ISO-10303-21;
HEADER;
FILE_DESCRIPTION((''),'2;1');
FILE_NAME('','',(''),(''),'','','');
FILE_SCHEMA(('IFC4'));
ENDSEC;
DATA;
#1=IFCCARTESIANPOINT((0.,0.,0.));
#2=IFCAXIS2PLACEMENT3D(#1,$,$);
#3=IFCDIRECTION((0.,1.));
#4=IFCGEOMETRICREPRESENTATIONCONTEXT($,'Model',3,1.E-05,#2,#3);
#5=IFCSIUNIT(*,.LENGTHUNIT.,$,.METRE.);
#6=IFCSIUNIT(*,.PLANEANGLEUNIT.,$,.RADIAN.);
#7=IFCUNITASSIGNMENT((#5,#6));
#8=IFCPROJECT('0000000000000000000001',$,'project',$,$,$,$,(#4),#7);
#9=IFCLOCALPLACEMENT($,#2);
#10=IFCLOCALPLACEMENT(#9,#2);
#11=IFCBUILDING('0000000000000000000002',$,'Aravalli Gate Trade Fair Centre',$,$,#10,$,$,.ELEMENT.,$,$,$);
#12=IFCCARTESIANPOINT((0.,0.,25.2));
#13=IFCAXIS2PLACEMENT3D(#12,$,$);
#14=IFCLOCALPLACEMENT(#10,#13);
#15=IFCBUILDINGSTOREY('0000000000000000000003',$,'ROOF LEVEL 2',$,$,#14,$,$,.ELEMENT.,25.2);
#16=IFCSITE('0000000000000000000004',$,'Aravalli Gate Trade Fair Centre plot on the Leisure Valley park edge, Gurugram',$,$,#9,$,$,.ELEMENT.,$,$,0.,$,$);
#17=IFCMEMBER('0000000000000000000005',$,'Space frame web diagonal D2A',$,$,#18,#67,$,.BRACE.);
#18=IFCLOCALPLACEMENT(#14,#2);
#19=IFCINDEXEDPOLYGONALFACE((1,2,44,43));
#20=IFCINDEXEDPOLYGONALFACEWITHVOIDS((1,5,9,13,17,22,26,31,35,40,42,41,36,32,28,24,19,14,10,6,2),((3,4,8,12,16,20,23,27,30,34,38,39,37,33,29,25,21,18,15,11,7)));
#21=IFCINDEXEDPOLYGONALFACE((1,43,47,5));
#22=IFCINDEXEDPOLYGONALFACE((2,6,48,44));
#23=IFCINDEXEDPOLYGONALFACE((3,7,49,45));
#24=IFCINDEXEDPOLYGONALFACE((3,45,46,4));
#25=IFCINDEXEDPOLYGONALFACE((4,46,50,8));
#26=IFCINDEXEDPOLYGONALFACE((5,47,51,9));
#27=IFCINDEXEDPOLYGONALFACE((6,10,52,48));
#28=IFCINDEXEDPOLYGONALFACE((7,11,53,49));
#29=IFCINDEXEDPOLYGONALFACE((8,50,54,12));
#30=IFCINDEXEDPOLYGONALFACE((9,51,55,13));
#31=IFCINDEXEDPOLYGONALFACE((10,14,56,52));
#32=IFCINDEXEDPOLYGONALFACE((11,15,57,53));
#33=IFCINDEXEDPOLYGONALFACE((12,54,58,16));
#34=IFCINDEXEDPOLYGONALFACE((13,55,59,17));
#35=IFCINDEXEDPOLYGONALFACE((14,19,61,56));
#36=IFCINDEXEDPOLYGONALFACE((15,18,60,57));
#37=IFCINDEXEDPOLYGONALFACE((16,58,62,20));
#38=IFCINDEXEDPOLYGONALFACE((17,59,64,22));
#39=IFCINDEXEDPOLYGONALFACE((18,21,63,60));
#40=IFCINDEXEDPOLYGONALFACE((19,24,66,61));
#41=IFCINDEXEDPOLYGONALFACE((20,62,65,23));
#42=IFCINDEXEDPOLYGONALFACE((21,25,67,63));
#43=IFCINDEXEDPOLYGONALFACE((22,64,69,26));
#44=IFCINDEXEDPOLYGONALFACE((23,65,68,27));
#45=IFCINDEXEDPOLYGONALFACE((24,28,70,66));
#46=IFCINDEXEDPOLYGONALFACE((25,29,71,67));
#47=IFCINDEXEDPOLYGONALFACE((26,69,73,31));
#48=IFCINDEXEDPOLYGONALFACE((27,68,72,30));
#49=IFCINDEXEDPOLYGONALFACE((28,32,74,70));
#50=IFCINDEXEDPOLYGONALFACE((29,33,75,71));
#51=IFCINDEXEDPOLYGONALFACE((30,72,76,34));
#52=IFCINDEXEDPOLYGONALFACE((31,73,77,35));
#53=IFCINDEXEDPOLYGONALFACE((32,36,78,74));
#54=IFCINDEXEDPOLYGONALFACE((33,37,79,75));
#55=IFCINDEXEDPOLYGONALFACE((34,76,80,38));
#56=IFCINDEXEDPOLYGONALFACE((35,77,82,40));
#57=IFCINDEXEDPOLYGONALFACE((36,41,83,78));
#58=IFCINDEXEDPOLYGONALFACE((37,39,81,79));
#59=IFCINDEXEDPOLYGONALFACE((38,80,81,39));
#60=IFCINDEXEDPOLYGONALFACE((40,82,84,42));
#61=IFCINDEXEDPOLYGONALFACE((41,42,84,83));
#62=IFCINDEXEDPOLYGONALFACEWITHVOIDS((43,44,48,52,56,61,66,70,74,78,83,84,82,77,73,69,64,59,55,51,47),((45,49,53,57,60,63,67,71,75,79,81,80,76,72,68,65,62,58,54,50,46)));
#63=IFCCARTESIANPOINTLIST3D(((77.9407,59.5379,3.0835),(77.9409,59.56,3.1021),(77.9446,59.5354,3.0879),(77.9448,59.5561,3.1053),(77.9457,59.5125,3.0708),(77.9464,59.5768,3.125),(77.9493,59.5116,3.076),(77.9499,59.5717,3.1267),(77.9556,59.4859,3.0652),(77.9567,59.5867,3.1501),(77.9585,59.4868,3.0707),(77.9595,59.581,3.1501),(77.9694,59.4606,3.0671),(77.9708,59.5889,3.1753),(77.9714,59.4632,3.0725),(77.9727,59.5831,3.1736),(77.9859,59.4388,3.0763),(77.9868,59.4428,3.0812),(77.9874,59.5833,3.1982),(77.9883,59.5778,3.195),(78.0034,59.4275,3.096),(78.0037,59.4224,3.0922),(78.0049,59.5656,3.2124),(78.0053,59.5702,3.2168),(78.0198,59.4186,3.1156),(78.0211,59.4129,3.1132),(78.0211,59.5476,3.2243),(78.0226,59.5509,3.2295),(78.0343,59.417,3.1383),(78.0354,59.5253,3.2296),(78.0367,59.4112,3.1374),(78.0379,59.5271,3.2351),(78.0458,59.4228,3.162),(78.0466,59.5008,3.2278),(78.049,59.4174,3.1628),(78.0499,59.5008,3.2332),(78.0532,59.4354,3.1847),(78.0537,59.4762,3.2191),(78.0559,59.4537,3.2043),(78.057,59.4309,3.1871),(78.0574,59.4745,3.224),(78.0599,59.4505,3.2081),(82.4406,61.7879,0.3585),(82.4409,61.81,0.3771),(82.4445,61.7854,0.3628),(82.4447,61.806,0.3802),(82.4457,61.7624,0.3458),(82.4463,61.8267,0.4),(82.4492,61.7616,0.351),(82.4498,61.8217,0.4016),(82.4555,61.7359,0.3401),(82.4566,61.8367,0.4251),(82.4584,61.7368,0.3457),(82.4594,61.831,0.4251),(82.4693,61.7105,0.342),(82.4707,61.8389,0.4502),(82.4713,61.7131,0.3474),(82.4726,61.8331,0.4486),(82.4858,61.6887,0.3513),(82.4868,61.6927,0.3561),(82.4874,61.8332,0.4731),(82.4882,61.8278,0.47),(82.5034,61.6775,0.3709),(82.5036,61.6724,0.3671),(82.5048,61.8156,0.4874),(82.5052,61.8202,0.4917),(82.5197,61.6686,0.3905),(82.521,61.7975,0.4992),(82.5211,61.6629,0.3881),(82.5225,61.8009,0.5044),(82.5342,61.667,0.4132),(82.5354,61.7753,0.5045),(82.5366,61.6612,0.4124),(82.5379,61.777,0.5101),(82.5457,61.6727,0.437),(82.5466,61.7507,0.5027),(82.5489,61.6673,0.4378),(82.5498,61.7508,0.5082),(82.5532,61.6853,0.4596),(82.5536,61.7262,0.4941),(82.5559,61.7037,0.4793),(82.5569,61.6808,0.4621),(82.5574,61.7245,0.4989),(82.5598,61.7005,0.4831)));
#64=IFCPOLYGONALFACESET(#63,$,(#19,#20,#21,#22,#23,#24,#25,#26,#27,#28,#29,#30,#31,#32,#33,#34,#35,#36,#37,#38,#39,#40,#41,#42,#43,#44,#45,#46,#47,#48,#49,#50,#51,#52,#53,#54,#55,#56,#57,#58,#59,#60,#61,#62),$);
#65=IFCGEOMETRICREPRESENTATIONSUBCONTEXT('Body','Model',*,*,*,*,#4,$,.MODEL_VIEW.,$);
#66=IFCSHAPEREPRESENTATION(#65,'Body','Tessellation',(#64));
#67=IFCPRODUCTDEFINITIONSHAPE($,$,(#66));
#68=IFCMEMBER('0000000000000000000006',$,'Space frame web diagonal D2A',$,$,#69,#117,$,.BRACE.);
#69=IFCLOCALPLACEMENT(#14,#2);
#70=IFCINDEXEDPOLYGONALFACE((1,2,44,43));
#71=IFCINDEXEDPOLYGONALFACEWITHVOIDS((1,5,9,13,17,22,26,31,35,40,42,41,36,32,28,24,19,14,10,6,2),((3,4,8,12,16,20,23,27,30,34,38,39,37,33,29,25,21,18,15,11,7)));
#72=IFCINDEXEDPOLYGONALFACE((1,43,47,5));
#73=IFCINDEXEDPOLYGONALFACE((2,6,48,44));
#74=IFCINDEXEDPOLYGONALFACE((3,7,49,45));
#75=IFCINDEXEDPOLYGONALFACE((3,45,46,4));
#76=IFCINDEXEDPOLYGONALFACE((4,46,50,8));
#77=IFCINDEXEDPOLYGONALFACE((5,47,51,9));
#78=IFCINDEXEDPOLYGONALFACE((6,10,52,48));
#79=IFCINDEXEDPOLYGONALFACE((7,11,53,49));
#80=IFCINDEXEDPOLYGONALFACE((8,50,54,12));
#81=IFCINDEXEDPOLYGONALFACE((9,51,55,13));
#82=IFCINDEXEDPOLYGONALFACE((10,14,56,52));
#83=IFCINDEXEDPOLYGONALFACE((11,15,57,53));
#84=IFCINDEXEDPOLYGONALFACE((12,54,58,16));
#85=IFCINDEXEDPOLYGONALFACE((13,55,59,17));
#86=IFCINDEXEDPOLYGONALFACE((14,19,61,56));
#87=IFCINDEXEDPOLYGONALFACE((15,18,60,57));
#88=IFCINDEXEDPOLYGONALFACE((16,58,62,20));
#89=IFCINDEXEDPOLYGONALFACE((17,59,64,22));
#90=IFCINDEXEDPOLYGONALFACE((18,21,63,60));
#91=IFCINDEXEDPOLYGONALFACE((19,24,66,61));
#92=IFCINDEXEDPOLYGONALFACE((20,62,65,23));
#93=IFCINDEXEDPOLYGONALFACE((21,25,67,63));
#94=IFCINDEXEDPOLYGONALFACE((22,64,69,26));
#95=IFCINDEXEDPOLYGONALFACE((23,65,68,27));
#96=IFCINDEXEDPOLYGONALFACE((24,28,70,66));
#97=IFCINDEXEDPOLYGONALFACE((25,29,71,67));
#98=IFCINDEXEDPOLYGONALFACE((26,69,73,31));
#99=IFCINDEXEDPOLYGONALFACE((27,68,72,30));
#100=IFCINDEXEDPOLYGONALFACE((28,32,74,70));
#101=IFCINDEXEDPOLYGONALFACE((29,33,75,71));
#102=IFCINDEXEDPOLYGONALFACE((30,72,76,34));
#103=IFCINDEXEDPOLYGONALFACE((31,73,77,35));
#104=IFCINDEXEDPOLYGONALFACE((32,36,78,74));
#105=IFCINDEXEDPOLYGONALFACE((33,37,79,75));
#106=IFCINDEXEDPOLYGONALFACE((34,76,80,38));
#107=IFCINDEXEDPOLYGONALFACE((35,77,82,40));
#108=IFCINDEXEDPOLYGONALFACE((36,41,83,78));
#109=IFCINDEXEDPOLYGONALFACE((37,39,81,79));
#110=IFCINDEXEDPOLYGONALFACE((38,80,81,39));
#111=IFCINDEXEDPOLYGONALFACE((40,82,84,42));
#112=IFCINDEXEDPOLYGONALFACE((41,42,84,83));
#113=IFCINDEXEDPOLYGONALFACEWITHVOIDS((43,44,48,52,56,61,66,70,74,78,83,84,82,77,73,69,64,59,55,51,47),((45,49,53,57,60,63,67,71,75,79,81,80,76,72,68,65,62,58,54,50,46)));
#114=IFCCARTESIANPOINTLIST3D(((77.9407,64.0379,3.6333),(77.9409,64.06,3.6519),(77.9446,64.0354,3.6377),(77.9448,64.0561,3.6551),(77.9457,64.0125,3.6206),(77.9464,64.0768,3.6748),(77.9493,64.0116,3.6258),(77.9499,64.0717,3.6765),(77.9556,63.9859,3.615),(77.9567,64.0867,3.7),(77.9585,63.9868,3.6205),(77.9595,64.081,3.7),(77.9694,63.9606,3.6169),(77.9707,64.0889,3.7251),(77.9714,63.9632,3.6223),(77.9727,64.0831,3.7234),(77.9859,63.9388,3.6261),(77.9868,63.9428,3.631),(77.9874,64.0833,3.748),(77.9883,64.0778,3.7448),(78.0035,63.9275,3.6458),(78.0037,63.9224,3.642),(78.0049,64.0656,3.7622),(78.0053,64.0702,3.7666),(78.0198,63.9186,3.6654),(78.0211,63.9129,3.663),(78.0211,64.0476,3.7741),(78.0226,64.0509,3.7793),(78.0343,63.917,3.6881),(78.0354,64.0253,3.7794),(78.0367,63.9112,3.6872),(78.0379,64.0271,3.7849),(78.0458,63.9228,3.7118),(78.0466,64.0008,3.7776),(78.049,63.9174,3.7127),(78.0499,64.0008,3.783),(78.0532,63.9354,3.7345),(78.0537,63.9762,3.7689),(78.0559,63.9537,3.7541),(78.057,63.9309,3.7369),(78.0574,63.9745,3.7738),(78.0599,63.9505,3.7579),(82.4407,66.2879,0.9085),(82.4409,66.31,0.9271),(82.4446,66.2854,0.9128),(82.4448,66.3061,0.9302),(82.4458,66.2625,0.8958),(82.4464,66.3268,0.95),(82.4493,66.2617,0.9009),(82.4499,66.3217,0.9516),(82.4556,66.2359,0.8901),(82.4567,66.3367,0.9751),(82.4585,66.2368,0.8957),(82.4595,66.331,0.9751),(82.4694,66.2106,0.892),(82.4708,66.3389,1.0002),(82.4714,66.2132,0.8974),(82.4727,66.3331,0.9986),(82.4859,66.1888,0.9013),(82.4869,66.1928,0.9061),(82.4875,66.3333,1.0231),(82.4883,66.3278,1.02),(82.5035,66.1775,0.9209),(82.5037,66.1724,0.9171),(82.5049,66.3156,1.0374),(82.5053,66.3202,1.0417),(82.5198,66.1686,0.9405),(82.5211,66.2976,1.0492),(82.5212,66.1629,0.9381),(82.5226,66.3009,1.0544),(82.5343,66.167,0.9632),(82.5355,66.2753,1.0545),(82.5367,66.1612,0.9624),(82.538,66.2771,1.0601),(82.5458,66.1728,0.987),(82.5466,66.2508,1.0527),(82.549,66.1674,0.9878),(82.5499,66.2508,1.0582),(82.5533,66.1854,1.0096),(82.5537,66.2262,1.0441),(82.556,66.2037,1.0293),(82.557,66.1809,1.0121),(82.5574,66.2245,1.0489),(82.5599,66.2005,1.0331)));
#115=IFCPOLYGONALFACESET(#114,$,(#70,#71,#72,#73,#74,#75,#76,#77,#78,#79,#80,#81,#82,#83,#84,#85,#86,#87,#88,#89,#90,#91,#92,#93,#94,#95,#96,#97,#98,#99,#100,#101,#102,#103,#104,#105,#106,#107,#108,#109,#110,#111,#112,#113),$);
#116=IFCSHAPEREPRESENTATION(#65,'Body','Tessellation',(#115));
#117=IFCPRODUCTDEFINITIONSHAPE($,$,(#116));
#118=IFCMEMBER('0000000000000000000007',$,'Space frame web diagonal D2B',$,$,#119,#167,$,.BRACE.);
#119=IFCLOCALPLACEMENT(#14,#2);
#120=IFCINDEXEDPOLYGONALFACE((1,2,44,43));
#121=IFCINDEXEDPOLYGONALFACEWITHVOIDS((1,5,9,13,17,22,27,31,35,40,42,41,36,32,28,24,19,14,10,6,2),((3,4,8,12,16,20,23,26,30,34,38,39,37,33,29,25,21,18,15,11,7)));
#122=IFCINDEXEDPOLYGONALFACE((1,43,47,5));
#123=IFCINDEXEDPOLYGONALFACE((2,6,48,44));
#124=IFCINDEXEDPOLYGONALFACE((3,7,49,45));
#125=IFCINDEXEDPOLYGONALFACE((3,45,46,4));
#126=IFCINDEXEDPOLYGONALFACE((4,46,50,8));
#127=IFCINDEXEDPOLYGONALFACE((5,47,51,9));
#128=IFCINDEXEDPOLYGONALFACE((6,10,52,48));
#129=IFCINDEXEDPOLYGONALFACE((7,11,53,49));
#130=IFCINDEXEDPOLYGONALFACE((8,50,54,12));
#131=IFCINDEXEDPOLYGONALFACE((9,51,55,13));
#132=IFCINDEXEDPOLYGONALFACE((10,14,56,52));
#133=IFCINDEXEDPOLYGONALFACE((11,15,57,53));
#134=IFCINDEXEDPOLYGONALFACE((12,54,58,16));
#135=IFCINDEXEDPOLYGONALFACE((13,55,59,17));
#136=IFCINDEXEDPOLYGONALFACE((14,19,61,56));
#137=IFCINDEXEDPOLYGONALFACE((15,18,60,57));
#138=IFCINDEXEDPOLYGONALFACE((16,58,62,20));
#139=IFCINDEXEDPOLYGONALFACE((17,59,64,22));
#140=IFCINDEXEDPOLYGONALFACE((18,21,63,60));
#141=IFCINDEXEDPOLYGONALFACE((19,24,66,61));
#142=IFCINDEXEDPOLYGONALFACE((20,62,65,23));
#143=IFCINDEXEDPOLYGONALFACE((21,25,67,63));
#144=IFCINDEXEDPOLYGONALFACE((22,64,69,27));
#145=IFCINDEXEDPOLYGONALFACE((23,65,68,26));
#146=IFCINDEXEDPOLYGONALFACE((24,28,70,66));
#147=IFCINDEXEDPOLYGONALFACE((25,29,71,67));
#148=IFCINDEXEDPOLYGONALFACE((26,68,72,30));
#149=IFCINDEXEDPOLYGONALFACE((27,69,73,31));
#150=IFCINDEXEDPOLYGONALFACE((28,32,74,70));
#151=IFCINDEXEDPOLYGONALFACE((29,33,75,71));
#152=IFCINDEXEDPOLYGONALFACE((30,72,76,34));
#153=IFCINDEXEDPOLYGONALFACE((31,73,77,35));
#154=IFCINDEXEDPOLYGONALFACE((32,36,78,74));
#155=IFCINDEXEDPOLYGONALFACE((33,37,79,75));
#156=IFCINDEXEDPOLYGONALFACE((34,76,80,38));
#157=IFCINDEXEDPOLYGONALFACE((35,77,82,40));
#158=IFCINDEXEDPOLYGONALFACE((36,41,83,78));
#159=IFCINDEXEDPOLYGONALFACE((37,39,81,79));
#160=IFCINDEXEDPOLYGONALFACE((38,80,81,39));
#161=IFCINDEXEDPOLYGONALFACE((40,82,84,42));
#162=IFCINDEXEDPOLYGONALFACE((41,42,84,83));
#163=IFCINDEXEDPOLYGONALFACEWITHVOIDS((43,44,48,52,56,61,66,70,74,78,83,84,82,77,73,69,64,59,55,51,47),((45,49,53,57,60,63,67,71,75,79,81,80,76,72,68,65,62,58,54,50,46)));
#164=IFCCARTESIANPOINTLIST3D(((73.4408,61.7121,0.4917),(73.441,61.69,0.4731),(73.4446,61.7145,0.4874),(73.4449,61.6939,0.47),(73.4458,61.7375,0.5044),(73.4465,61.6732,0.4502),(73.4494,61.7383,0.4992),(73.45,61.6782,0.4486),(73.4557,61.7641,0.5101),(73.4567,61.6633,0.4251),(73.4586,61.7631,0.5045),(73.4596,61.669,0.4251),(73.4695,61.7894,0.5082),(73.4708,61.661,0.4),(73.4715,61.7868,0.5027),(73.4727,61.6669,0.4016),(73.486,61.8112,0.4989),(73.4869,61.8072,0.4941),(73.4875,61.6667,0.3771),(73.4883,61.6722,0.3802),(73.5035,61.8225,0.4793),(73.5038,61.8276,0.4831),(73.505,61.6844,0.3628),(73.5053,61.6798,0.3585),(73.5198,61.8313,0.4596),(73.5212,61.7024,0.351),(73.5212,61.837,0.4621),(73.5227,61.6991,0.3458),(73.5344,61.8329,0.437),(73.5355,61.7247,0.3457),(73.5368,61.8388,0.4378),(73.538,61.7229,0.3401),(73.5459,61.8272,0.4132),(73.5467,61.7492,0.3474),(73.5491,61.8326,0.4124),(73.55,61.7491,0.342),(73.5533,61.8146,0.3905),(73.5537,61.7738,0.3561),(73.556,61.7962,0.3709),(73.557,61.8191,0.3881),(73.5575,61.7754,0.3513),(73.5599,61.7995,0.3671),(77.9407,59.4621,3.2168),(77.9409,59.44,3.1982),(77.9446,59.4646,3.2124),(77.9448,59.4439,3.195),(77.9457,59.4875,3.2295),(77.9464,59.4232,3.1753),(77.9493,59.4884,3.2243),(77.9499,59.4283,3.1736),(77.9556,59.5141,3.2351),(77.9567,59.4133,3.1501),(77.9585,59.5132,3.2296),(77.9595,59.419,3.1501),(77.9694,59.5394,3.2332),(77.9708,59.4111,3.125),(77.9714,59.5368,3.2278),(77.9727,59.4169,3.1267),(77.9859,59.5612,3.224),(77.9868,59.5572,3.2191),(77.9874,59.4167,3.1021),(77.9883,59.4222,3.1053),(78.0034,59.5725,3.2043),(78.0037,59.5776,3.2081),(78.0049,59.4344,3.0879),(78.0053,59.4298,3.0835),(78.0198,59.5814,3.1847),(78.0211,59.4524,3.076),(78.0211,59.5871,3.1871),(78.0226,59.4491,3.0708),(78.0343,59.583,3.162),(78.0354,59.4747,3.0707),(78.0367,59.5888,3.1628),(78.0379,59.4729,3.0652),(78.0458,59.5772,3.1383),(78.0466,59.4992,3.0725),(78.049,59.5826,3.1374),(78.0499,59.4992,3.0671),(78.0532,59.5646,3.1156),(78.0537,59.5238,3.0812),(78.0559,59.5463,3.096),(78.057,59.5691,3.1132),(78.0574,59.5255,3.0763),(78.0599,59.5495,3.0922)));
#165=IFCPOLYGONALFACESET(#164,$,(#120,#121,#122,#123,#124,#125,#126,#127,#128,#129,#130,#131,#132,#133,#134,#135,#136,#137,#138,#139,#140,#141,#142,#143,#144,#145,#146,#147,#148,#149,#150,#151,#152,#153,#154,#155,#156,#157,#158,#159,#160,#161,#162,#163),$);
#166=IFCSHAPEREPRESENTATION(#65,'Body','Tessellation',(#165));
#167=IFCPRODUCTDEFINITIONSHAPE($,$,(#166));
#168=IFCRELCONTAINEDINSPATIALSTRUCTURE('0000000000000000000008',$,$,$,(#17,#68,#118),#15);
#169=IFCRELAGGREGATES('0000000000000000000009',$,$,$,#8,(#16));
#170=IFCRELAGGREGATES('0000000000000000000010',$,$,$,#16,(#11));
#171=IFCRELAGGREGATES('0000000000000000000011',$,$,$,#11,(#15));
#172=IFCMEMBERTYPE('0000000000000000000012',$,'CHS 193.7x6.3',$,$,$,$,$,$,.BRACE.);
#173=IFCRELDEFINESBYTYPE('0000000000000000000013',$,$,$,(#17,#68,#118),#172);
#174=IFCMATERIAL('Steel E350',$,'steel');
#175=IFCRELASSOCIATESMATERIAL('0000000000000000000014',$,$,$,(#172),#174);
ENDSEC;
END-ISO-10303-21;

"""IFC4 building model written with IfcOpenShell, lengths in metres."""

from ifc_helpers import new_model, si_unit, direction, frame, origin, origin_2d, place, context, subcontext, project, spatial, hollow_circle, extrude, material, material_profile, profile_set, type_object, element, save


model = new_model("IFC4")

# Units and contexts
model_context = context("Model", 3, precision=1e-05, world=origin(), true_north=direction((0.0, 1.0)))
body_context = subcontext(model_context, "Body", "Model", "MODEL_VIEW")
ifc_project = project(units=[si_unit("LENGTHUNIT", "METRE"), si_unit("PLANEANGLEUNIT", "RADIAN")], contexts=[model_context])

# Site, building, storey
site_placement = place(None, origin())
site = spatial("IfcSite", under=ifc_project, at=site_placement, Name="Aravalli Gate Trade Fair Centre plot on the Leisure Valley park edge, Gurugram", CompositionType="ELEMENT", RefElevation=0.0)
building_placement = place(site_placement, origin())
building = spatial("IfcBuilding", under=site, at=building_placement, Name="Aravalli Gate Trade Fair Centre", CompositionType="ELEMENT")
storey_placement = place(building_placement, frame((0.0, 0.0, 25.2)))
storey = spatial("IfcBuildingStorey", under=building, at=storey_placement, Name="ROOF LEVEL 2", CompositionType="ELEMENT", Elevation=25.2)

# Members
ifc_material_1 = material(Name="Steel E350", Category="steel")
ifc_material_profile_1 = material_profile(ifc_material_1, hollow_circle(Radius=0.0969, WallThickness=0.0063, at=origin_2d()), Name="CHS 193.7x6.3")
ifc_profile_set_1 = profile_set([ifc_material_profile_1], Name="Steel E350")
member_type_1 = type_object("IfcMemberType", Name="CHS 193.7x6.3", PredefinedType="BRACE", material=ifc_profile_set_1)
for number, where, z_axis, x_axis, name in (
    (1, (78.0, 59.5, 3.1501), (0.78647, 0.393235, -0.476268), (-0.447214, 0.894427, 0.0), "Space frame web diagonal D2A"),
    (2, (78.0, 64.0, 3.7), (0.786486, 0.393243, -0.476235), (-0.447214, 0.894427, 0.0), "Space frame web diagonal D2A"),
    (3, (78.0, 59.5, 3.1501), (-0.78647, 0.393235, -0.476268), (-0.447214, -0.894427, 0.0), "Space frame web diagonal D2B"),
):
    element("IfcMember", number, at=place(storey_placement, frame(where, z_axis=z_axis, x_axis=x_axis)), inside=storey, type_object=member_type_1, Name=name, PredefinedType="BRACE", context=body_context, shape_type="SweptSolid", body=[
        extrude(hollow_circle(Radius=0.0969, WallThickness=0.0063, at=origin_2d()), origin(), (0.0, 0.0, 1.0), 5.7217),
    ])

save(model, "model.ifc")
